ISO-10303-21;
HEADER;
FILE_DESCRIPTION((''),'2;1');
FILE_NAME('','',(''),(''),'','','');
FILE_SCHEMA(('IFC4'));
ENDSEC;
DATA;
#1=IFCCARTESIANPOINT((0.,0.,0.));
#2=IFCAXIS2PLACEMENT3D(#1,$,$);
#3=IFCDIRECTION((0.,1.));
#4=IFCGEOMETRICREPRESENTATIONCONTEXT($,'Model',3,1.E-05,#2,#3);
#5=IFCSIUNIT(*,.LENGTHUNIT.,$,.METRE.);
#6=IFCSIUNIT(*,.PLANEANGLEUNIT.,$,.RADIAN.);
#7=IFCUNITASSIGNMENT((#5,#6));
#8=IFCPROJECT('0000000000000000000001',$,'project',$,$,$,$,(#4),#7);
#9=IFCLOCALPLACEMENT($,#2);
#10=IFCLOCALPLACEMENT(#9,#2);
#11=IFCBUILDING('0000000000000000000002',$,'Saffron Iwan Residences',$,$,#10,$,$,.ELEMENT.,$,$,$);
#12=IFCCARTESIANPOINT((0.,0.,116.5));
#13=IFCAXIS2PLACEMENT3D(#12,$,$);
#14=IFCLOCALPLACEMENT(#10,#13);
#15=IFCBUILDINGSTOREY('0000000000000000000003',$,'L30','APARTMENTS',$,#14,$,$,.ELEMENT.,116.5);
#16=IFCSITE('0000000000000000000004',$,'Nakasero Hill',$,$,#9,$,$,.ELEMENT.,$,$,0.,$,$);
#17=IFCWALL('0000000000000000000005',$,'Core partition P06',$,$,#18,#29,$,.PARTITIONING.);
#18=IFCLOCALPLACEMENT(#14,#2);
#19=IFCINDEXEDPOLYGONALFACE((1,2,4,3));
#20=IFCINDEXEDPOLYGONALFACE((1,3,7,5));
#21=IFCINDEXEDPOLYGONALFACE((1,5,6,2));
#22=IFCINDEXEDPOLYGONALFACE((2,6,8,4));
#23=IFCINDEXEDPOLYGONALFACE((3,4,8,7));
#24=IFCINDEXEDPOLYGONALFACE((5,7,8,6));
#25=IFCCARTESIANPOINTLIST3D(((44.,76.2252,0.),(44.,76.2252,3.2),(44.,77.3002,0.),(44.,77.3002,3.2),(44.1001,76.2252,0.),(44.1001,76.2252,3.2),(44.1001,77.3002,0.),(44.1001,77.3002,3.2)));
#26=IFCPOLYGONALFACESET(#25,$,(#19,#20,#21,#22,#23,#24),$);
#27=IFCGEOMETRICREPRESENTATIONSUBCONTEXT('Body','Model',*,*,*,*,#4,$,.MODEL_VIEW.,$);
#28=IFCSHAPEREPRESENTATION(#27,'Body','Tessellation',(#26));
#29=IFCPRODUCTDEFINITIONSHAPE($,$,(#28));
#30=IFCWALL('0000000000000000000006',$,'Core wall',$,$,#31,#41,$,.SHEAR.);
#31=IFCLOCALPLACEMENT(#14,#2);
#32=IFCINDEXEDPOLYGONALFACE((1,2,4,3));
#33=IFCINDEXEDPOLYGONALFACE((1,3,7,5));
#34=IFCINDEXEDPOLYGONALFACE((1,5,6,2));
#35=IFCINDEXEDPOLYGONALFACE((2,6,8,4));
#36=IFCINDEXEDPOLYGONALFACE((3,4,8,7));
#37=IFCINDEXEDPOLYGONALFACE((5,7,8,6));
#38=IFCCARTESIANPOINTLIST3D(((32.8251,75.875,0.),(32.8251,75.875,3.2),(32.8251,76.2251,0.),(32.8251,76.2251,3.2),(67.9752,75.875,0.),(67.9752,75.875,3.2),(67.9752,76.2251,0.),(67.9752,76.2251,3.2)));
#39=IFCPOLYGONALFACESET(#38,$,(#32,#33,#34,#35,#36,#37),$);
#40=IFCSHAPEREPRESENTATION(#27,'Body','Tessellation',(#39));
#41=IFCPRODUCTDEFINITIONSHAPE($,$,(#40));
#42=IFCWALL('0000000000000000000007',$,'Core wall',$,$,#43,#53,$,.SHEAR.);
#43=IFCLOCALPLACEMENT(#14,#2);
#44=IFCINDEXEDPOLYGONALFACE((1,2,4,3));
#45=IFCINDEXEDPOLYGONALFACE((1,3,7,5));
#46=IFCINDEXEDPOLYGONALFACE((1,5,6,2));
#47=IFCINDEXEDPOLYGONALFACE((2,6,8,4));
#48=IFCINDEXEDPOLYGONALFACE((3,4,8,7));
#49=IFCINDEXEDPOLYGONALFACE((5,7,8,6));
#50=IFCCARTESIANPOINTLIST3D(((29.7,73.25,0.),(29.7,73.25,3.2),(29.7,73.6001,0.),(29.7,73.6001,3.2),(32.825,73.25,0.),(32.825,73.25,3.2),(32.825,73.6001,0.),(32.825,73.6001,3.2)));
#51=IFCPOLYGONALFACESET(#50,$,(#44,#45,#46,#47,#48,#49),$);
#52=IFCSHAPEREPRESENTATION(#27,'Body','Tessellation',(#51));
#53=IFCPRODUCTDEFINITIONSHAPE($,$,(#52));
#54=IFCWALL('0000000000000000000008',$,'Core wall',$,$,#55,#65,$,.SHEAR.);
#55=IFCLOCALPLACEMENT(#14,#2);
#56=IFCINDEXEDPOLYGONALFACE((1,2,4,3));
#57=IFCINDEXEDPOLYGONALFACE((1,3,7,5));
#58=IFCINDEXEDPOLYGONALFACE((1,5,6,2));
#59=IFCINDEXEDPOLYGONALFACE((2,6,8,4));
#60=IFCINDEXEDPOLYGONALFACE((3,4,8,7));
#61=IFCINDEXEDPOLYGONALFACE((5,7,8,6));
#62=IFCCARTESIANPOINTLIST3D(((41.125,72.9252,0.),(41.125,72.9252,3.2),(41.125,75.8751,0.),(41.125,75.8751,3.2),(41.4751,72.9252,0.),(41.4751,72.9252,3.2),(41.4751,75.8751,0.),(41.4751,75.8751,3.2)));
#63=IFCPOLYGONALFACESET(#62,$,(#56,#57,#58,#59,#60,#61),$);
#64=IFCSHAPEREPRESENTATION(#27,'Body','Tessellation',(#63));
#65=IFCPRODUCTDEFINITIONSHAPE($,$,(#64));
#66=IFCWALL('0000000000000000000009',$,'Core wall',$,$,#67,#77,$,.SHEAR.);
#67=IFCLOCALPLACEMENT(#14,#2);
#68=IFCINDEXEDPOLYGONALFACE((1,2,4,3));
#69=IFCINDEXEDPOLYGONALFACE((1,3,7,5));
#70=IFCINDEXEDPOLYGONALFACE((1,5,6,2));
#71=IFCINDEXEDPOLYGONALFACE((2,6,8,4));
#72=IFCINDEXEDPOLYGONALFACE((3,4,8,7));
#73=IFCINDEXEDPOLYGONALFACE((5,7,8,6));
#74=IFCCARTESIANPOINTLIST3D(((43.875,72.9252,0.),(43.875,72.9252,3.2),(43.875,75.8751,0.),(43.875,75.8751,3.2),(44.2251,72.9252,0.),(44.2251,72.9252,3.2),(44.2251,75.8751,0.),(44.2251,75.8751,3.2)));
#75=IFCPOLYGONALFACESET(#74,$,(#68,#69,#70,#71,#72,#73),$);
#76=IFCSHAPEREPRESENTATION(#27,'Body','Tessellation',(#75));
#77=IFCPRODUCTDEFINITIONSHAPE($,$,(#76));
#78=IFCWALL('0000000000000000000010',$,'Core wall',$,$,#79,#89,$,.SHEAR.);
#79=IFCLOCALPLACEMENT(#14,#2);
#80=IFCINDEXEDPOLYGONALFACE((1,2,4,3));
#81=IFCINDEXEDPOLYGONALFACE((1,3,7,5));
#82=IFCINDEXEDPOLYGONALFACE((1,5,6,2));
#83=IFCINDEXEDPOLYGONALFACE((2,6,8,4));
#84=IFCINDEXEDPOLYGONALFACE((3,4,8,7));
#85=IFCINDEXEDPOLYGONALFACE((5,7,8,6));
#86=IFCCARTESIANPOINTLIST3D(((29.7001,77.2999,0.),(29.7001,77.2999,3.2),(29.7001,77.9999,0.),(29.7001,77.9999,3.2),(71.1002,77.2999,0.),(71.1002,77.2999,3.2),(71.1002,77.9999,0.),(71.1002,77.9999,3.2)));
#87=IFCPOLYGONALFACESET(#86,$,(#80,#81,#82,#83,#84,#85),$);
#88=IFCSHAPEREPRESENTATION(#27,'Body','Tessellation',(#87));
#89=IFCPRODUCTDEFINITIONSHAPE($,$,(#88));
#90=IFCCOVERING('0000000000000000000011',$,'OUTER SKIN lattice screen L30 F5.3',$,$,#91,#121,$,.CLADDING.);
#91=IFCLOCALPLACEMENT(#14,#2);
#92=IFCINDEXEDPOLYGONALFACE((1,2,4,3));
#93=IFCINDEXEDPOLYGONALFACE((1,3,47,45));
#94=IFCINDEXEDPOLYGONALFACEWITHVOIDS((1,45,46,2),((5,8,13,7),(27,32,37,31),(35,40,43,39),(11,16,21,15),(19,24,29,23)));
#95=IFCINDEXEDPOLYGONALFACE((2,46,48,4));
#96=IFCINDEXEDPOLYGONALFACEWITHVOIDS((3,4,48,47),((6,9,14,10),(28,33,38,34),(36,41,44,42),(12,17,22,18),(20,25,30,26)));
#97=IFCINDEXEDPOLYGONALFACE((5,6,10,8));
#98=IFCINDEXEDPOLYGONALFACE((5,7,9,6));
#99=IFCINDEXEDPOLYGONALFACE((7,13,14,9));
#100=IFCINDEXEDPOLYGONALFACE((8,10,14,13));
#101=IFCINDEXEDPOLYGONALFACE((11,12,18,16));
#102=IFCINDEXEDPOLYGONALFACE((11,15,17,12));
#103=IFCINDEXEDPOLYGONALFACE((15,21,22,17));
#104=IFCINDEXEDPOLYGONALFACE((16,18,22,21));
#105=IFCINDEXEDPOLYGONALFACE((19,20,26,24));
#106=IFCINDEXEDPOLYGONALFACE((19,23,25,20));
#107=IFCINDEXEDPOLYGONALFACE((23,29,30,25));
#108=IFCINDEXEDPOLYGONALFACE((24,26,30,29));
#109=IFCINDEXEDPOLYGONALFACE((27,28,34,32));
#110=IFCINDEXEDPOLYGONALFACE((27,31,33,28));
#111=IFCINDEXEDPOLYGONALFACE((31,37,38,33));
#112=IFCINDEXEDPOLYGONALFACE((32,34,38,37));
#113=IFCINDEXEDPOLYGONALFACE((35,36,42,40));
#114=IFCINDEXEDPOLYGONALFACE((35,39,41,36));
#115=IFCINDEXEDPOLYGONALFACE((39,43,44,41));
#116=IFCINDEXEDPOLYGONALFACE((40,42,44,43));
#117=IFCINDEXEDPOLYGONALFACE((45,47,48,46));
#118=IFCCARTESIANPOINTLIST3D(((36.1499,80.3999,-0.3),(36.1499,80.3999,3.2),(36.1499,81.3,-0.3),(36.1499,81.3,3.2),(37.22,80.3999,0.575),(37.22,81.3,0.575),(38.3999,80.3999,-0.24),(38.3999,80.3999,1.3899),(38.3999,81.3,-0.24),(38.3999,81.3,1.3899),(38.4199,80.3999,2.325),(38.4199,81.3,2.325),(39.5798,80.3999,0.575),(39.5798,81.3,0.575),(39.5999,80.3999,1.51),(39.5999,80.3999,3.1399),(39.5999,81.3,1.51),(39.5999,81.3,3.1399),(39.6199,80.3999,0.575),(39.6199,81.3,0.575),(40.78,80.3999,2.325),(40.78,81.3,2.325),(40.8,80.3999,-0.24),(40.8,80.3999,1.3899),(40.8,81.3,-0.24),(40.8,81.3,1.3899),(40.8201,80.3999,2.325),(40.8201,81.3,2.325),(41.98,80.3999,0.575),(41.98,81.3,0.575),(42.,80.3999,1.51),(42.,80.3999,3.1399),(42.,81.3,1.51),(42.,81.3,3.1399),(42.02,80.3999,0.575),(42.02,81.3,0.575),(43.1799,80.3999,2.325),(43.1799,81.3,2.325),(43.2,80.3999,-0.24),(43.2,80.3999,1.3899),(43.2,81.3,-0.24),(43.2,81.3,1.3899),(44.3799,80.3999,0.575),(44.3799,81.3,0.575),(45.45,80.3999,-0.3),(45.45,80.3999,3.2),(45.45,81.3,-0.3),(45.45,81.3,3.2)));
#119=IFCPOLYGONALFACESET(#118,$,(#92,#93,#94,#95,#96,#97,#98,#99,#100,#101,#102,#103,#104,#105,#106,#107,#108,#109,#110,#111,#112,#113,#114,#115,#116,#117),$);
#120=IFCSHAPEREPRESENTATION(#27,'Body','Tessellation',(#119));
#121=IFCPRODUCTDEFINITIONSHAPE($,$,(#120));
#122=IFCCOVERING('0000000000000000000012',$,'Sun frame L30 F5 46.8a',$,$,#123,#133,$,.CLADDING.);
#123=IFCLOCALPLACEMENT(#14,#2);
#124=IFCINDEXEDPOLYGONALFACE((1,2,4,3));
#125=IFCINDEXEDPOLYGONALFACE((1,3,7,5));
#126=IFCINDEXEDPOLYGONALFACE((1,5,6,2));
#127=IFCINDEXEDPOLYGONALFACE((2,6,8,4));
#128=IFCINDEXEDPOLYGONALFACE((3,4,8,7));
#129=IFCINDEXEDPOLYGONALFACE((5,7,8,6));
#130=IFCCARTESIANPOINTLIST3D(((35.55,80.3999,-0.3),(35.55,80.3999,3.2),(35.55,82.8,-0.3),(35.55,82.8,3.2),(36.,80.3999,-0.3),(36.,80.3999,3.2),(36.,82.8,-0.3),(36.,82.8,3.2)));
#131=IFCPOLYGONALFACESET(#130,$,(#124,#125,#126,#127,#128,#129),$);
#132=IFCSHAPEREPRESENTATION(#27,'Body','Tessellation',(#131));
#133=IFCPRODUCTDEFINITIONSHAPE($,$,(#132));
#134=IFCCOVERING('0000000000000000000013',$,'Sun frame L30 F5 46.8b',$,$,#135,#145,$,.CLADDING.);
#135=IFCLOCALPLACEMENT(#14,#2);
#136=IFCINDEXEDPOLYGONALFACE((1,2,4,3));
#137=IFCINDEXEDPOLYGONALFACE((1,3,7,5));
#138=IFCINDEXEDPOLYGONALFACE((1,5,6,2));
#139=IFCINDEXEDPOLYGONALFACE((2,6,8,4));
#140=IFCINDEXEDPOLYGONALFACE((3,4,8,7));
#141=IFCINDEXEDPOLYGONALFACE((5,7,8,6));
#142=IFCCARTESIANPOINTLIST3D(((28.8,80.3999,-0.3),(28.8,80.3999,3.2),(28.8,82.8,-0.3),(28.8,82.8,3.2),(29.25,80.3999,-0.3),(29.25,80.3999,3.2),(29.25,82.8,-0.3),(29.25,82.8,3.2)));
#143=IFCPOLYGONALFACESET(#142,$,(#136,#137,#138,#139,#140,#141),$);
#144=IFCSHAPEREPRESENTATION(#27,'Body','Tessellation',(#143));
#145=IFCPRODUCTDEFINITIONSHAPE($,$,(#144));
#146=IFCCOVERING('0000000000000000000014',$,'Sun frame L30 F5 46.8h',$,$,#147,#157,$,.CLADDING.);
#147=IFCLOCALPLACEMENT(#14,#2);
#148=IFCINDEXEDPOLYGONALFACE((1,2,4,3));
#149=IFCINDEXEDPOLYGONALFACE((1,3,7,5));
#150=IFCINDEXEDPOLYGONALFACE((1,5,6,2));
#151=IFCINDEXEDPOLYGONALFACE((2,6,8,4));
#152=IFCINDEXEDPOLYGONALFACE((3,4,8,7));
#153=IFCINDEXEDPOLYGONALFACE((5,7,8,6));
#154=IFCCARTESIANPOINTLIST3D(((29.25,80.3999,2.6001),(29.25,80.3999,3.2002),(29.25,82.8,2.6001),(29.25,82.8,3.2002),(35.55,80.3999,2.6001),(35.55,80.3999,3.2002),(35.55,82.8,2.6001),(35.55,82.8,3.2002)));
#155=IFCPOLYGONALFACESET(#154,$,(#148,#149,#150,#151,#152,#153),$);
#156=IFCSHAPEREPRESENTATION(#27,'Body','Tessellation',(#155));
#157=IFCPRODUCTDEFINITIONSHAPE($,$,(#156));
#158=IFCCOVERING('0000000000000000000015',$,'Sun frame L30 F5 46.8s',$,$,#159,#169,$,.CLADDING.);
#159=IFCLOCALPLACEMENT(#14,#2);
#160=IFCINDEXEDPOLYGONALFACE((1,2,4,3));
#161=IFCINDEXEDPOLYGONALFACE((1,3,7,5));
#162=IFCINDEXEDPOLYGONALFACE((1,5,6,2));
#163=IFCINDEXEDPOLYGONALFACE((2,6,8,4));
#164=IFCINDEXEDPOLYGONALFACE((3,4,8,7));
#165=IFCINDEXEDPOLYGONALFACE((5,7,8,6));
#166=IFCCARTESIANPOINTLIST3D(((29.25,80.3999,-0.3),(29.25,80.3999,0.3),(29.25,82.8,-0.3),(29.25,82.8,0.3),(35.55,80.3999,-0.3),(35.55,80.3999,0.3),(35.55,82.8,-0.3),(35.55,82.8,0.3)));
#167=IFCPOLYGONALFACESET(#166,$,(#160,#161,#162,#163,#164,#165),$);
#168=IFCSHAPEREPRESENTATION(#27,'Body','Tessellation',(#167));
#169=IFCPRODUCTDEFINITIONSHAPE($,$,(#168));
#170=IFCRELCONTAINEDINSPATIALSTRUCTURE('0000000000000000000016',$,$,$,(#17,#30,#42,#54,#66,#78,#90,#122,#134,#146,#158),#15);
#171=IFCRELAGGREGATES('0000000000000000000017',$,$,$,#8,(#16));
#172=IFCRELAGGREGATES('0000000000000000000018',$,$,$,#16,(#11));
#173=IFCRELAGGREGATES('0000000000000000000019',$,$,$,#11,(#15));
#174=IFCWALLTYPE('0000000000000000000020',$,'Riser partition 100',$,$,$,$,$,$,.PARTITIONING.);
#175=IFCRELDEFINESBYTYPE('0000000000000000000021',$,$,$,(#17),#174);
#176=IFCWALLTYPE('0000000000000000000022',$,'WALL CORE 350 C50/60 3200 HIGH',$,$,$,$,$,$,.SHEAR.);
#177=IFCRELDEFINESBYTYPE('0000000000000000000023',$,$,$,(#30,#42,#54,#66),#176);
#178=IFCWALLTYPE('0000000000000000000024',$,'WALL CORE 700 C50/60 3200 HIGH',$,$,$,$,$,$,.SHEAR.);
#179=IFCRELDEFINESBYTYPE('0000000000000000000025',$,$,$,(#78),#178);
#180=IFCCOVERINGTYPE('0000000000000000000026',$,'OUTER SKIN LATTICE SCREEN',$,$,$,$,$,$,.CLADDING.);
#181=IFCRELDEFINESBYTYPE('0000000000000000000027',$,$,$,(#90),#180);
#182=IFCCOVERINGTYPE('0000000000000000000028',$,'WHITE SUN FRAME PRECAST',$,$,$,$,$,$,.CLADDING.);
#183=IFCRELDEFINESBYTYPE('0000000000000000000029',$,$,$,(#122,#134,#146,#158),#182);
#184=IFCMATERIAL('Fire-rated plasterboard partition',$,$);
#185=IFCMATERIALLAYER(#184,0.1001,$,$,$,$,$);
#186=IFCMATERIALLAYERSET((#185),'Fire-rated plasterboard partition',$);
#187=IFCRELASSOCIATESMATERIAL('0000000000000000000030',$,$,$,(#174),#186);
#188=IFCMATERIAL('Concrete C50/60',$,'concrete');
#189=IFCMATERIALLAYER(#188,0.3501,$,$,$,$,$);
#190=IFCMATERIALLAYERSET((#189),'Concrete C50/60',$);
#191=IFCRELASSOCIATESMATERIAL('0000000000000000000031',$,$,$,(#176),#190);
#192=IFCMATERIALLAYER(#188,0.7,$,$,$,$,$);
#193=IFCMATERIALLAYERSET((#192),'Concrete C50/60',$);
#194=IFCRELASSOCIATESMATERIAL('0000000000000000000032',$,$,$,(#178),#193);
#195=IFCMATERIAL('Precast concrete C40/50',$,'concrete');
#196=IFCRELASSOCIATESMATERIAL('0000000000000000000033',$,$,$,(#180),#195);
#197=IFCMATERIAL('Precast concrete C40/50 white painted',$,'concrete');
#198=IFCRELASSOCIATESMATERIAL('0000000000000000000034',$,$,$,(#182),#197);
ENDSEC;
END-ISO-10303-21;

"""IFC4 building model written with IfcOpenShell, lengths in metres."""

from ifc_helpers import new_model, si_unit, direction, frame, frame_2d, origin, place, context, subcontext, project, spatial, polyline, rectangle, outline, extrude, material, layer, layer_set, type_object, element, save


model = new_model("IFC4")

# Units and contexts
model_context = context("Model", 3, precision=1e-05, world=origin(), true_north=direction((0.0, 1.0)))
body_context = subcontext(model_context, "Body", "Model", "MODEL_VIEW")
ifc_project = project(units=[si_unit("LENGTHUNIT", "METRE"), si_unit("PLANEANGLEUNIT", "RADIAN")], contexts=[model_context])

# Site, building, storey
site_placement = place(None, origin())
site = spatial("IfcSite", under=ifc_project, at=site_placement, Name="Nakasero Hill", CompositionType="ELEMENT", RefElevation=0.0)
building_placement = place(site_placement, origin())
building = spatial("IfcBuilding", under=site, at=building_placement, Name="Saffron Iwan Residences", CompositionType="ELEMENT")
storey_placement = place(building_placement, frame((0.0, 0.0, 116.5)))
storey = spatial("IfcBuildingStorey", under=building, at=storey_placement, Name="L30", Description="APARTMENTS", CompositionType="ELEMENT", Elevation=116.5)

# Shared definitions
ifc_material_1 = material(Name="Concrete C50/60", Category="concrete")

# Shared definitions
ifc_material_2 = material(Name="Fire-rated plasterboard partition")

# Walls
ifc_layer_1 = layer(ifc_material_2, 0.1001)
ifc_layer_set_1 = layer_set([ifc_layer_1], Name="Fire-rated plasterboard partition")
wall_type_1 = type_object("IfcWallType", Name="Riser partition 100", PredefinedType="PARTITIONING", material=ifc_layer_set_1)
for number, where, z_axis, x_axis, name in (
    (1, (44.05, 76.2251, 0.0), (0.0, 0.0, 1.0), (0.0, 1.0, 0.0), "Core partition P06"),
):
    element("IfcWall", number, at=place(storey_placement, frame(where, z_axis=z_axis, x_axis=x_axis)), inside=storey, type_object=wall_type_1, Name=name, PredefinedType="PARTITIONING", context=body_context, shape_type="SweptSolid", body=[
        extrude(rectangle(XDim=1.075, YDim=0.1001, at=frame_2d((0.5376, 0.0))), origin(), (0.0, 0.0, 1.0), 3.2),
    ])
ifc_layer_2 = layer(ifc_material_1, 0.3501)
ifc_layer_set_2 = layer_set([ifc_layer_2], Name="Concrete C50/60")
wall_type_2 = type_object("IfcWallType", Name="WALL CORE 350 C50/60 3200 HIGH", PredefinedType="SHEAR", material=ifc_layer_set_2)
wall_1_placement = place(storey_placement, frame((32.825, 76.05, 0.0), z_axis=(0.0, 0.0, 1.0), x_axis=(1.0, 0.0, 0.0)))
element("IfcWall", 2, at=wall_1_placement, inside=storey, type_object=wall_type_2, Name="Core wall", PredefinedType="SHEAR", context=body_context, shape_type="SweptSolid", body=[
    extrude(rectangle(XDim=35.1501, YDim=0.3501, at=frame_2d((17.5752, 0.0))), origin(), (0.0, 0.0, 1.0), 3.2),
])
wall_2_placement = place(storey_placement, frame((29.7, 73.425, 0.0), z_axis=(0.0, 0.0, 1.0), x_axis=(1.0, 0.0, 0.0)))
element("IfcWall", 3, at=wall_2_placement, inside=storey, type_object=wall_type_2, Name="Core wall", PredefinedType="SHEAR", context=body_context, shape_type="SweptSolid", body=[
    extrude(rectangle(XDim=3.125, YDim=0.3501, at=frame_2d((1.5625, 0.0))), origin(), (0.0, 0.0, 1.0), 3.2),
])
for number, where, z_axis, x_axis, name in (
    (4, (41.3, 72.925, 0.0), (0.0, 0.0, 1.0), (0.0, 1.0, 0.0), "Core wall"),
    (5, (44.05, 72.925, 0.0), (0.0, 0.0, 1.0), (0.0, 1.0, 0.0), "Core wall"),
):
    element("IfcWall", number, at=place(storey_placement, frame(where, z_axis=z_axis, x_axis=x_axis)), inside=storey, type_object=wall_type_2, Name=name, PredefinedType="SHEAR", context=body_context, shape_type="SweptSolid", body=[
        extrude(rectangle(XDim=2.95, YDim=0.3501, at=frame_2d((1.4751, 0.0))), origin(), (0.0, 0.0, 1.0), 3.2),
    ])
ifc_layer_3 = layer(ifc_material_1, 0.7)
ifc_layer_set_3 = layer_set([ifc_layer_3], Name="Concrete C50/60")
wall_type_3 = type_object("IfcWallType", Name="WALL CORE 700 C50/60 3200 HIGH", PredefinedType="SHEAR", material=ifc_layer_set_3)
wall_3_placement = place(storey_placement, frame((29.7, 77.6499, 0.0), z_axis=(0.0, 0.0, 1.0), x_axis=(1.0, 0.0, 0.0)))
element("IfcWall", 6, at=wall_3_placement, inside=storey, type_object=wall_type_3, Name="Core wall", PredefinedType="SHEAR", context=body_context, shape_type="SweptSolid", body=[
    extrude(rectangle(XDim=41.4001, YDim=0.7, at=frame_2d((20.7002, 0.0))), origin(), (0.0, 0.0, 1.0), 3.2),
])

# Coverings
ifc_material_3 = material(Name="Precast concrete C40/50", Category="concrete")
covering_type_1 = type_object("IfcCoveringType", Name="OUTER SKIN LATTICE SCREEN", PredefinedType="CLADDING", material=ifc_material_3)
covering_placement = place(storey_placement, frame((45.45, 80.3999, -0.3), z_axis=(0.0, 1.0, 0.0), x_axis=(-1.0, 0.0, 0.0)))
element("IfcCovering", 7, at=covering_placement, inside=storey, type_object=covering_type_1, Name="OUTER SKIN lattice screen L30 F5.3", PredefinedType="CLADDING", context=body_context, shape_type="SweptSolid", body=[
    extrude(outline(polyline([(0.0, 0.0), (9.3, 0.0), (9.3, 3.5), (0.0, 3.5), (0.0, 0.0)]), holes=[polyline([(1.0701, 0.875), (2.25, 0.0601), (3.4299, 0.875), (2.25, 1.6899), (1.0701, 0.875)]), polyline([(3.47, 0.875), (4.6499, 0.0601), (5.8301, 0.875), (4.6499, 1.6899), (3.47, 0.875)]), polyline([(5.8701, 0.875), (7.05, 0.0601), (8.23, 0.875), (7.05, 1.6899), (5.8701, 0.875)]), polyline([(2.27, 2.625), (3.45, 1.8101), (4.6299, 2.625), (3.45, 3.4399), (2.27, 2.625)]), polyline([(4.6699, 2.625), (5.8501, 1.8101), (7.03, 2.625), (5.8501, 3.4399), (4.6699, 2.625)])]), origin(), (0.0, 0.0, 1.0), 0.9001),
])
ifc_material_4 = material(Name="Precast concrete C40/50 white painted", Category="concrete")
covering_type_2 = type_object("IfcCoveringType", Name="WHITE SUN FRAME PRECAST", PredefinedType="CLADDING", material=ifc_material_4)
for number, where, z_axis, x_axis, name in (
    (8, (36.0, 80.3999, -0.3), (0.0, 1.0, 0.0), (-1.0, 0.0, 0.0), "Sun frame L30 F5 46.8a"),
    (9, (29.25, 80.3999, -0.3), (0.0, 1.0, 0.0), (-1.0, 0.0, 0.0), "Sun frame L30 F5 46.8b"),
):
    element("IfcCovering", number, at=place(storey_placement, frame(where, z_axis=z_axis, x_axis=x_axis)), inside=storey, type_object=covering_type_2, Name=name, PredefinedType="CLADDING", context=body_context, shape_type="SweptSolid", body=[
        extrude(outline(polyline([(0.0, 0.0), (0.45, 0.0), (0.45, 3.5), (0.0, 3.5), (0.0, 0.0)])), origin(), (0.0, 0.0, 1.0), 2.4001),
    ])
for number, where, z_axis, x_axis, name in (
    (10, (35.55, 80.3999, 2.6001), (0.0, 1.0, 0.0), (-1.0, 0.0, 0.0), "Sun frame L30 F5 46.8h"),
    (11, (35.55, 80.3999, -0.3), (0.0, 1.0, 0.0), (-1.0, 0.0, 0.0), "Sun frame L30 F5 46.8s"),
):
    element("IfcCovering", number, at=place(storey_placement, frame(where, z_axis=z_axis, x_axis=x_axis)), inside=storey, type_object=covering_type_2, Name=name, PredefinedType="CLADDING", context=body_context, shape_type="SweptSolid", body=[
        extrude(outline(polyline([(0.0, 0.0), (6.3, 0.0), (6.3, 0.6001), (0.0, 0.6001), (0.0, 0.0)])), origin(), (0.0, 0.0, 1.0), 2.4001),
    ])

save(model, "model.ifc")
